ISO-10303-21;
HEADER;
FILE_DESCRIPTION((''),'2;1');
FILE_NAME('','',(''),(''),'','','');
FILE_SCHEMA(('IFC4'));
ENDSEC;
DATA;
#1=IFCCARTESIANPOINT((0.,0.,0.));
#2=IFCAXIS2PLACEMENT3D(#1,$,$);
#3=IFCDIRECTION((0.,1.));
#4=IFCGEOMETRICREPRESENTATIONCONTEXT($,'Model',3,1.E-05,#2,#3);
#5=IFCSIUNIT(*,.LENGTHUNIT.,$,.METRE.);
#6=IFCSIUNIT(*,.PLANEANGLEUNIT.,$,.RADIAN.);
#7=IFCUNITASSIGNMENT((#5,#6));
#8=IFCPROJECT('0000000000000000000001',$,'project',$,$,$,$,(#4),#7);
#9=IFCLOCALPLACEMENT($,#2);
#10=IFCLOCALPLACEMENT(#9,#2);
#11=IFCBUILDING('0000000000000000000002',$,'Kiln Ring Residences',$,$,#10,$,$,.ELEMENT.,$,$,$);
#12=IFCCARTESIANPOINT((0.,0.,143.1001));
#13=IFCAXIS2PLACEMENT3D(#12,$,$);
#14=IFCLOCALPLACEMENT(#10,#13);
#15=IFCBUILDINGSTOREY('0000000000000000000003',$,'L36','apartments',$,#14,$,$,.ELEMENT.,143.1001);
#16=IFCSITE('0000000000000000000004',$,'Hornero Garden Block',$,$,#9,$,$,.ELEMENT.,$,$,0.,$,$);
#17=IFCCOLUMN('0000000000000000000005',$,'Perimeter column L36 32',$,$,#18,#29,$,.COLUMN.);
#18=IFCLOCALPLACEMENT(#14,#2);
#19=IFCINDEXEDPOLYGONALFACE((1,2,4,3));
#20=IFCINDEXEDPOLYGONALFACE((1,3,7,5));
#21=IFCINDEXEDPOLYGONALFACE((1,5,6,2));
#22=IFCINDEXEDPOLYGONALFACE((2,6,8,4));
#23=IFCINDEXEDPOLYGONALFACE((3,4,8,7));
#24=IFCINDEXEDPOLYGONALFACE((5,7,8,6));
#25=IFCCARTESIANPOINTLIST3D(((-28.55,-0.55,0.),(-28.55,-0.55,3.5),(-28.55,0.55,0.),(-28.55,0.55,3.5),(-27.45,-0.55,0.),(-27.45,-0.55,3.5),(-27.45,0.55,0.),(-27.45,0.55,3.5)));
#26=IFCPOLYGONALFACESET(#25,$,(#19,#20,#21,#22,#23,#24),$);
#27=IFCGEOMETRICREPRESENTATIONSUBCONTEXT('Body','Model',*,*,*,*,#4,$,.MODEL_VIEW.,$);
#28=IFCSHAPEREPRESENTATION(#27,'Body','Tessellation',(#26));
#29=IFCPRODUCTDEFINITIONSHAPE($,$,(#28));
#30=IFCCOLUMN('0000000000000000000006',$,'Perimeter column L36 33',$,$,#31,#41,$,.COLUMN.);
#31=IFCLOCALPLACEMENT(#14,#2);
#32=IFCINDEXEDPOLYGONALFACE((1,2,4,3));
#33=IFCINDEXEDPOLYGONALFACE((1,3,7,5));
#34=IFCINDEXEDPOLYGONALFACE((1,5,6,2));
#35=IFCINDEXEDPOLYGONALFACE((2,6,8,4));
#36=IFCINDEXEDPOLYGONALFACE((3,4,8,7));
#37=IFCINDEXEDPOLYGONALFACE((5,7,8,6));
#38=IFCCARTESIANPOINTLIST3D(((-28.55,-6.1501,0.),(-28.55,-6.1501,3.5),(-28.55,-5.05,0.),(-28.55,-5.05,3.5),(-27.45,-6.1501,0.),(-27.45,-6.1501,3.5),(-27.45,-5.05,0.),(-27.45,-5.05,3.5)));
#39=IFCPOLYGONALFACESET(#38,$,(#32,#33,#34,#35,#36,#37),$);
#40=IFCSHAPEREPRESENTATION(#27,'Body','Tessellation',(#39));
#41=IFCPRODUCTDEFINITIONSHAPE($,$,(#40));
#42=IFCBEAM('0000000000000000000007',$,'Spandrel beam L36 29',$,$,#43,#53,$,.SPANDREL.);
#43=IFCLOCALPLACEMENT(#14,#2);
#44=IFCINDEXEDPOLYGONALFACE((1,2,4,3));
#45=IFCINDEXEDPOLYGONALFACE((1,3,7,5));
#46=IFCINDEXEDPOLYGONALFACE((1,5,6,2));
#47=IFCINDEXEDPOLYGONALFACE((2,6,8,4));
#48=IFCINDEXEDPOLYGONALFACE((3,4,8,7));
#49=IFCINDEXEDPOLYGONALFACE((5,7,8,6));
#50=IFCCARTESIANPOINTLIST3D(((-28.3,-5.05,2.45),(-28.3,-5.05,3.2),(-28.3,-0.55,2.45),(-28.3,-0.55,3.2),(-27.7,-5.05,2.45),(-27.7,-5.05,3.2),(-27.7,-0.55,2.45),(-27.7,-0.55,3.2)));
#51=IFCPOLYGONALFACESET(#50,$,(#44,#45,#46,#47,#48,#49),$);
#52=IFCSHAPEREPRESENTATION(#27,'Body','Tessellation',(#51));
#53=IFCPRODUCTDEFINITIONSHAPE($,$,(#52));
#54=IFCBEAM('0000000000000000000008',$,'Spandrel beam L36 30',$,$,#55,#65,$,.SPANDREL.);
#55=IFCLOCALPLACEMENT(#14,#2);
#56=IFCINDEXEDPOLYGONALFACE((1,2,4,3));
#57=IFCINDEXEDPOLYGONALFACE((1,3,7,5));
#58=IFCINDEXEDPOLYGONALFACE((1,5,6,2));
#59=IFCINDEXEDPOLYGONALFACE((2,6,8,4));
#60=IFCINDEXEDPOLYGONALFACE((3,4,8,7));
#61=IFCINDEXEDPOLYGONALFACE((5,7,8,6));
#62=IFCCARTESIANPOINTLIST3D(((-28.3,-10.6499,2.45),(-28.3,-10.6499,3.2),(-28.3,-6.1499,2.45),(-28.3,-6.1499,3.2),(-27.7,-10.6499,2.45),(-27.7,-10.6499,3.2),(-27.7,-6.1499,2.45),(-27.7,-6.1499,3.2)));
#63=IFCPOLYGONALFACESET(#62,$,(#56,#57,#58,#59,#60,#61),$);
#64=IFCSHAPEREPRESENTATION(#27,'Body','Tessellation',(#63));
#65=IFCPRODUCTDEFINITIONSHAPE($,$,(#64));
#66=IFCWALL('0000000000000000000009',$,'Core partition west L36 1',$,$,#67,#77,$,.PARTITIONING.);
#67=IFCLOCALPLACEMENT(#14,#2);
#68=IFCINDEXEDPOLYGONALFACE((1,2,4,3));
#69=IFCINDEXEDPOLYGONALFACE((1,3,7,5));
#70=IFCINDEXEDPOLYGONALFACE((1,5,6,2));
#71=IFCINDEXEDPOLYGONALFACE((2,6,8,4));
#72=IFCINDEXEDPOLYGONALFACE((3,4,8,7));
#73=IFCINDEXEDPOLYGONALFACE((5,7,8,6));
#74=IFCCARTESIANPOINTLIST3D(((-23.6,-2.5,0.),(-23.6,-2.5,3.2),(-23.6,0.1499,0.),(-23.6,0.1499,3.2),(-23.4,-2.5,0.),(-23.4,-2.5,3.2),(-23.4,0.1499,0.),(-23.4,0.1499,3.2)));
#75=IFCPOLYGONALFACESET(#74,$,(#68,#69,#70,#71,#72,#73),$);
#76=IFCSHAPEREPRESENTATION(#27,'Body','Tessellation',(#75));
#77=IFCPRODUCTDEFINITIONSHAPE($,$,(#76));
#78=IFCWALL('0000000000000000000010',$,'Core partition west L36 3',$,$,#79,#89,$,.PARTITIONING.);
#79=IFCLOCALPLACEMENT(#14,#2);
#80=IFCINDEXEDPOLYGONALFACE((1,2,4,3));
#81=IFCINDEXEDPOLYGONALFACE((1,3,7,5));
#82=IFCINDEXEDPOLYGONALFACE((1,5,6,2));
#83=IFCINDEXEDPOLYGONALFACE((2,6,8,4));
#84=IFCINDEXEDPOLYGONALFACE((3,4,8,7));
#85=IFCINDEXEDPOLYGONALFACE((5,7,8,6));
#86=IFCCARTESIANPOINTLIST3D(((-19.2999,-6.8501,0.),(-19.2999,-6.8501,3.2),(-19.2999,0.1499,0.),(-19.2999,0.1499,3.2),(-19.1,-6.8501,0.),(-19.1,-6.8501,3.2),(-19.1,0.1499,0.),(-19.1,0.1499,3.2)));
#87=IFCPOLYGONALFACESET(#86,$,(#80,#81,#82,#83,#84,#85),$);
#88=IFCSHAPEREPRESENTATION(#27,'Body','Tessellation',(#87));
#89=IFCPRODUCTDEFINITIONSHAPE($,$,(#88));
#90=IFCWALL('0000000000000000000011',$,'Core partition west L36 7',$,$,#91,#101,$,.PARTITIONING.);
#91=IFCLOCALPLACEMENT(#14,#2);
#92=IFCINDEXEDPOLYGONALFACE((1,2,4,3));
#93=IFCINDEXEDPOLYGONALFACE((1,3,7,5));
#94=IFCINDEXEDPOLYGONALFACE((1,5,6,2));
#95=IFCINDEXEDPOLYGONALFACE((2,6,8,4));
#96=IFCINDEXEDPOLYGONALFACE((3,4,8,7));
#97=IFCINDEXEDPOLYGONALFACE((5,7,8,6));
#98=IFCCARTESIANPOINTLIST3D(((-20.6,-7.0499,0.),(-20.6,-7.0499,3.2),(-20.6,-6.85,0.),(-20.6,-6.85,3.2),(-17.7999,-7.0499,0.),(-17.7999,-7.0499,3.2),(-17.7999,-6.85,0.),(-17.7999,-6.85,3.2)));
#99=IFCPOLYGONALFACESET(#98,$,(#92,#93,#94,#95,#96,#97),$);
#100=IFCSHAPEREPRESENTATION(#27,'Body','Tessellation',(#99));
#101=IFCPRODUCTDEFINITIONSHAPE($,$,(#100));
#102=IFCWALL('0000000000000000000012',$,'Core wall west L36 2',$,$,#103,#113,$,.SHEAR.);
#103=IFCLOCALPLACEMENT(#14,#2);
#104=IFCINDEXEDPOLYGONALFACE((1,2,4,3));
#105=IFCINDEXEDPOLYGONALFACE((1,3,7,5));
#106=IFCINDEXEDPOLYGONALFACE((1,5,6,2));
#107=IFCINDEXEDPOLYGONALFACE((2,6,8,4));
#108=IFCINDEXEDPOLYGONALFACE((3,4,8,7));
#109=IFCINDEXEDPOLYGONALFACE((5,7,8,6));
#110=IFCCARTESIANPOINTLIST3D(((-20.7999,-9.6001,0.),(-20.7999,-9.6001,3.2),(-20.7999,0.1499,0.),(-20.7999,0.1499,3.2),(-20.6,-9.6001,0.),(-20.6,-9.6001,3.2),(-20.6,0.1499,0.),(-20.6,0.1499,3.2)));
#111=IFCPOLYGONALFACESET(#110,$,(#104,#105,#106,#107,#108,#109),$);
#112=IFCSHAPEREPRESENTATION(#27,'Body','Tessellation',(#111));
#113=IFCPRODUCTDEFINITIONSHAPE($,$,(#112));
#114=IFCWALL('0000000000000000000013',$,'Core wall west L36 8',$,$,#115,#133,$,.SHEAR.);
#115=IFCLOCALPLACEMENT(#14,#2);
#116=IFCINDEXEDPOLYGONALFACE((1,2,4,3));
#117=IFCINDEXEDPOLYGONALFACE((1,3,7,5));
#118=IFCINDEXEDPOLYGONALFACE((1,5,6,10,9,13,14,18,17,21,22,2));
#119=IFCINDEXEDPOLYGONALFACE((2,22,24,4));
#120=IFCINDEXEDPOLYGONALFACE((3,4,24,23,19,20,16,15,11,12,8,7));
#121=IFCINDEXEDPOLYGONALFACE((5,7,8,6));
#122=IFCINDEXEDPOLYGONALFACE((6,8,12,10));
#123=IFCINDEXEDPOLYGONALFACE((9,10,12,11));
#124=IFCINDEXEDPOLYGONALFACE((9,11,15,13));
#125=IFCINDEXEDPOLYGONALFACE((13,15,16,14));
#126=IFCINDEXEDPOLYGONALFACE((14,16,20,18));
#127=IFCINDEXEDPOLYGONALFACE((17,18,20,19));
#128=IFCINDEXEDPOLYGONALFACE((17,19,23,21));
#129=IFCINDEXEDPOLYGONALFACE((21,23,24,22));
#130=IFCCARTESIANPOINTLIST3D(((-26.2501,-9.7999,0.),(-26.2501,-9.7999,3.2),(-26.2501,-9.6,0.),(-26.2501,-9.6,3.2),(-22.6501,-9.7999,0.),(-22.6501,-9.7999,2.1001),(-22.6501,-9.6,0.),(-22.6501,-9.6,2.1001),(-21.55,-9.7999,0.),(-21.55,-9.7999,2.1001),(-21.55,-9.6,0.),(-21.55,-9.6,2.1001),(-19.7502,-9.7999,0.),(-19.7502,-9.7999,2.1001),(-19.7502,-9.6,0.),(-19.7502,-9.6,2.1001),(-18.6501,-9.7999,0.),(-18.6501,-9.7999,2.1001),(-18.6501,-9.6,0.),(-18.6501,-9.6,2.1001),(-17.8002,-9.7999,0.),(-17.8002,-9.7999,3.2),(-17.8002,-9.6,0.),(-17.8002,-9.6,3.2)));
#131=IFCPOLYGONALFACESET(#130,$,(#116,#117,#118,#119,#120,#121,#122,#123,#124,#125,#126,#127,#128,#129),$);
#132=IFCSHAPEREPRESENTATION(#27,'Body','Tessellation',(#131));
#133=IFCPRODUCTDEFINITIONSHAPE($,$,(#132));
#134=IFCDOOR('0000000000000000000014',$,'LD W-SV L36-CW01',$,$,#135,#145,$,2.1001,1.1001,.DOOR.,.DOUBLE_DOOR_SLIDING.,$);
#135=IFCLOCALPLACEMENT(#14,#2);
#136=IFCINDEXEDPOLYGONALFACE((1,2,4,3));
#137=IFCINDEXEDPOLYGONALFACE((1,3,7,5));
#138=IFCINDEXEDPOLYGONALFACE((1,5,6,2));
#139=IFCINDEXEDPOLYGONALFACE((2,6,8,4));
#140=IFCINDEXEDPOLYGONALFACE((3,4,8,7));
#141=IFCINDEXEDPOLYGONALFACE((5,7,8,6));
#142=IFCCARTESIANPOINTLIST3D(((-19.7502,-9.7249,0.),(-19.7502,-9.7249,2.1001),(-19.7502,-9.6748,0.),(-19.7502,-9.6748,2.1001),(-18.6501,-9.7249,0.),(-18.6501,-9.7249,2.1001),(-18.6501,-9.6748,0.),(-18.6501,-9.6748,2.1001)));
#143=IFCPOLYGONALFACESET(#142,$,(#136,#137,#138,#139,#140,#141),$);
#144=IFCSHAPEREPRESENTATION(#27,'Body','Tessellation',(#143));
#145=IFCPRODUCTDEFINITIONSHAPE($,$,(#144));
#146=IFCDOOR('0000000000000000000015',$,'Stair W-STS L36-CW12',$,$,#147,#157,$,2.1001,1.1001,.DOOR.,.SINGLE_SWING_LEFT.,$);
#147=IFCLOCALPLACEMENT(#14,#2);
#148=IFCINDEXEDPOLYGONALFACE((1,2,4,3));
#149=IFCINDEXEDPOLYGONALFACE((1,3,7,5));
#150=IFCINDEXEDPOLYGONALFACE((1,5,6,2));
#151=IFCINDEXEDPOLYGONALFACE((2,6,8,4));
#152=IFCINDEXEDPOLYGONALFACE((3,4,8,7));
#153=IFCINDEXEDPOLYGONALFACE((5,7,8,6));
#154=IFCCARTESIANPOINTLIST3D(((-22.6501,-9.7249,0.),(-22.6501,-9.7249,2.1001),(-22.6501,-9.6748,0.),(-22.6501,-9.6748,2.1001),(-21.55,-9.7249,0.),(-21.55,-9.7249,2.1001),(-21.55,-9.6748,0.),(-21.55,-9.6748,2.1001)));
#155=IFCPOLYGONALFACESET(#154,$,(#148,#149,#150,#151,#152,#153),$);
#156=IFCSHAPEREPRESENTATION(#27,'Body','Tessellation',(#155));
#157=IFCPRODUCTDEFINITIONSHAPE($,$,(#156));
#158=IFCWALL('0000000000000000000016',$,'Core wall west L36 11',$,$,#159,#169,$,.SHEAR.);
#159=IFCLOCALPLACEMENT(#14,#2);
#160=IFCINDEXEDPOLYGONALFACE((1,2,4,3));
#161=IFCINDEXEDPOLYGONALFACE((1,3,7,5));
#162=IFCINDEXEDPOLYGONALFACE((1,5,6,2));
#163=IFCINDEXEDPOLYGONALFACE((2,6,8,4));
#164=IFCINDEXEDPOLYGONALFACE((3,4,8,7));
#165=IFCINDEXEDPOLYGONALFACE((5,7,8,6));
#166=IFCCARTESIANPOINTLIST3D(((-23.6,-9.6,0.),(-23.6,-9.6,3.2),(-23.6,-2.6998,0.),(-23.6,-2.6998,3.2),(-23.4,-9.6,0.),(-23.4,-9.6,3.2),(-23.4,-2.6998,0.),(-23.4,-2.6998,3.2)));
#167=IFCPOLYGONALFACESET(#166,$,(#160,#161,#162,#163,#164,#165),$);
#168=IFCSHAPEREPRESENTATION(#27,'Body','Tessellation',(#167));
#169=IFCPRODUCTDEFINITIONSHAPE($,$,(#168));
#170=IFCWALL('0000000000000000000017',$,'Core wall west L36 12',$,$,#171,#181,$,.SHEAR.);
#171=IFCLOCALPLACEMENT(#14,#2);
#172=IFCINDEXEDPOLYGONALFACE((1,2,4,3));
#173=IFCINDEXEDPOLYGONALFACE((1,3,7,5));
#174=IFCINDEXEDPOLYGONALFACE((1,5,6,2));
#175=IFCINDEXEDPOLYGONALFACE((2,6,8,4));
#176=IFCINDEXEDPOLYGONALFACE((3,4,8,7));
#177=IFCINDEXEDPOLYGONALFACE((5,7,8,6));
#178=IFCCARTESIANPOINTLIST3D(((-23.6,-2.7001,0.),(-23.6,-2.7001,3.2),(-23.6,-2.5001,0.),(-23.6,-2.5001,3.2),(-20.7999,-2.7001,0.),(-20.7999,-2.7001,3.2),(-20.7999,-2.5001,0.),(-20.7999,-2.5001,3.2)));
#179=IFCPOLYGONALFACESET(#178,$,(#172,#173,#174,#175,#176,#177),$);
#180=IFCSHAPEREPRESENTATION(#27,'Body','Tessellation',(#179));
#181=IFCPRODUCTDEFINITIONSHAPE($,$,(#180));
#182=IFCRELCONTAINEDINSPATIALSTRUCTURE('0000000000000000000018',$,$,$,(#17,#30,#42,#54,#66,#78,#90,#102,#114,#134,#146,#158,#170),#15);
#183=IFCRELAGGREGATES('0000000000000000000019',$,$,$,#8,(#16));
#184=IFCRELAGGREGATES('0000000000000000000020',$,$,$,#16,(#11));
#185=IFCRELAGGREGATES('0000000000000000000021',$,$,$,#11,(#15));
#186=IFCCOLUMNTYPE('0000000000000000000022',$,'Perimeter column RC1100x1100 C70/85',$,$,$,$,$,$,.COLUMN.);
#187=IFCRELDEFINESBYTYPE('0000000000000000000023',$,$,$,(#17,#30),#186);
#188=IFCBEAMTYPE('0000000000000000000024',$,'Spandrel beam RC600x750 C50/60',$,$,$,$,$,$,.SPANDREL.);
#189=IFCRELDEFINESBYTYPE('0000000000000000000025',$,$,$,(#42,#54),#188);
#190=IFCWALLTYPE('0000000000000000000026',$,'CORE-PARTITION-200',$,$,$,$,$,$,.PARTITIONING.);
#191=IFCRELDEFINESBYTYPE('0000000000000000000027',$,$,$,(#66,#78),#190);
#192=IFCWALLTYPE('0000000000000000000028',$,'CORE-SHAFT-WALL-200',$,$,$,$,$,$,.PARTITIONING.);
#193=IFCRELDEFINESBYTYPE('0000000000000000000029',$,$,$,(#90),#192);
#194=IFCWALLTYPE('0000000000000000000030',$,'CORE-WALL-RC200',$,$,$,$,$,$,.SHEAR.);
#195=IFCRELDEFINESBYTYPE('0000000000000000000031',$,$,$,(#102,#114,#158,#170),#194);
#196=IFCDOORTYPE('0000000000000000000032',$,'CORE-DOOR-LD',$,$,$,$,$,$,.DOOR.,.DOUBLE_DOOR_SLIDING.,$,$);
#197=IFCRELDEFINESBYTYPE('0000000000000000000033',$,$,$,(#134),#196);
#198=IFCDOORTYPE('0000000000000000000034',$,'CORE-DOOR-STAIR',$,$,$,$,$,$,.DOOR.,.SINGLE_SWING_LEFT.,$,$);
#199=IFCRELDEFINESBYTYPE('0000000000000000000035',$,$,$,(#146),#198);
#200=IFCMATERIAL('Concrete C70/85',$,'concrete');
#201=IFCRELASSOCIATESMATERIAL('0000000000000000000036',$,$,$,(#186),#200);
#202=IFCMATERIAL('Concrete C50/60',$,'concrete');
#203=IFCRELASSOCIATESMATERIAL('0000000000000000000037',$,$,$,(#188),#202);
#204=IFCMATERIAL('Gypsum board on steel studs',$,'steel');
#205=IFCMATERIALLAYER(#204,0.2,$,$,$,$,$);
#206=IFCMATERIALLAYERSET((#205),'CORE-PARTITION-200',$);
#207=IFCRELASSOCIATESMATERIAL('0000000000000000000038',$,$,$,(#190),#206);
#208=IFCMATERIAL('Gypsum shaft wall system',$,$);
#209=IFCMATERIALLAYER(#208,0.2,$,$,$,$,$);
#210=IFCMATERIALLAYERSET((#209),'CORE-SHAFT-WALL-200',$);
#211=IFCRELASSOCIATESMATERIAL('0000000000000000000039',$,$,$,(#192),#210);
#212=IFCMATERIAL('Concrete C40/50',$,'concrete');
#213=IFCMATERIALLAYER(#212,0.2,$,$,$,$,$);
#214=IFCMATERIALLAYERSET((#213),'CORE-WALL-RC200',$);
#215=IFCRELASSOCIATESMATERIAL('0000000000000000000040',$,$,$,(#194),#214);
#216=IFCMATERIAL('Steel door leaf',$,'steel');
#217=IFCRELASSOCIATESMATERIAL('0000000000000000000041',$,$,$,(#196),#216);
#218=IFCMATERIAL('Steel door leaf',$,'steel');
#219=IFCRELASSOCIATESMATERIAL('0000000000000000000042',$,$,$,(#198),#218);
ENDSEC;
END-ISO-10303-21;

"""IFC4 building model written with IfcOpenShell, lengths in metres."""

from ifc_helpers import new_model, si_unit, direction, frame, frame_2d, origin, origin_2d, place, context, subcontext, project, spatial, rectangle, extrude, material, layer, layer_set, material_profile, profile_set, type_object, element, fill, save


model = new_model("IFC4")

# Units and contexts
model_context = context("Model", 3, precision=1e-05, world=origin(), true_north=direction((0.0, 1.0)))
body_context = subcontext(model_context, "Body", "Model", "MODEL_VIEW")
ifc_project = project(units=[si_unit("LENGTHUNIT", "METRE"), si_unit("PLANEANGLEUNIT", "RADIAN")], contexts=[model_context])

# Site, building, storey
site_placement = place(None, origin())
site = spatial("IfcSite", under=ifc_project, at=site_placement, Name="Hornero Garden Block", CompositionType="ELEMENT", RefElevation=0.0)
building_placement = place(site_placement, origin())
building = spatial("IfcBuilding", under=site, at=building_placement, Name="Kiln Ring Residences", CompositionType="ELEMENT")
storey_placement = place(building_placement, frame((0.0, 0.0, 143.1001)))
storey = spatial("IfcBuildingStorey", under=building, at=storey_placement, Name="L36", Description="apartments", CompositionType="ELEMENT", Elevation=143.1001)

# Columns
ifc_material_1 = material(Name="Concrete C70/85", Category="concrete")
ifc_material_profile_1 = material_profile(ifc_material_1, rectangle(XDim=1.1001, YDim=1.1001, at=origin_2d()), Name="RC1100x1100")
ifc_profile_set_1 = profile_set([ifc_material_profile_1], Name="Concrete C70/85")
column_type = type_object("IfcColumnType", Name="Perimeter column RC1100x1100 C70/85", PredefinedType="COLUMN", material=ifc_profile_set_1)
for number, where, z_axis, x_axis, name in (
    (1, (-28.0, 0.0, 0.0), (0.0, 0.0, 1.0), (1.0, 0.0, 0.0), "Perimeter column L36 32"),
    (2, (-28.0, -5.6001, 0.0), (0.0, 0.0, 1.0), (1.0, 0.0, 0.0), "Perimeter column L36 33"),
):
    element("IfcColumn", number, at=place(storey_placement, frame(where, z_axis=z_axis, x_axis=x_axis)), inside=storey, type_object=column_type, Name=name, PredefinedType="COLUMN", context=body_context, shape_type="SweptSolid", body=[
        extrude(rectangle(XDim=1.1001, YDim=1.1001, at=origin_2d()), origin(), (0.0, 0.0, 1.0), 3.5),
    ])

# Beams
ifc_material_2 = material(Name="Concrete C50/60", Category="concrete")
ifc_material_profile_2 = material_profile(ifc_material_2, rectangle(XDim=0.6001, YDim=0.75, at=origin_2d()), Name="RC600x750")
ifc_profile_set_2 = profile_set([ifc_material_profile_2], Name="Concrete C50/60")
beam_type = type_object("IfcBeamType", Name="Spandrel beam RC600x750 C50/60", PredefinedType="SPANDREL", material=ifc_profile_set_2)
for number, where, z_axis, x_axis, name in (
    (3, (-28.0, -0.55, 2.825), (0.0, -1.0, 0.0), (1.0, 0.0, 0.0), "Spandrel beam L36 29"),
    (4, (-28.0, -6.1499, 2.825), (0.0, -1.0, 0.0), (1.0, 0.0, 0.0), "Spandrel beam L36 30"),
):
    element("IfcBeam", number, at=place(storey_placement, frame(where, z_axis=z_axis, x_axis=x_axis)), inside=storey, type_object=beam_type, Name=name, PredefinedType="SPANDREL", context=body_context, shape_type="SweptSolid", body=[
        extrude(rectangle(XDim=0.6001, YDim=0.75, at=origin_2d()), origin(), (0.0, 0.0, 1.0), 4.5),
    ])

# Walls
ifc_material_3 = material(Name="Gypsum board on steel studs", Category="steel")
ifc_layer_1 = layer(ifc_material_3, 0.2)
ifc_layer_set_1 = layer_set([ifc_layer_1], Name="CORE-PARTITION-200")
wall_type_1 = type_object("IfcWallType", Name="CORE-PARTITION-200", PredefinedType="PARTITIONING", material=ifc_layer_set_1)
wall_1_placement = place(storey_placement, frame((-23.5, -2.5, 0.0), z_axis=(0.0, 0.0, 1.0), x_axis=(0.0, 1.0, 0.0)))
element("IfcWall", 5, at=wall_1_placement, inside=storey, type_object=wall_type_1, Name="Core partition west L36 1", PredefinedType="PARTITIONING", context=body_context, shape_type="SweptSolid", body=[
    extrude(rectangle(XDim=2.6499, YDim=0.2, at=frame_2d((1.325, 0.0))), origin(), (0.0, 0.0, 1.0), 3.2),
])
wall_2_placement = place(storey_placement, frame((-19.2, -6.8501, 0.0), z_axis=(0.0, 0.0, 1.0), x_axis=(0.0, 1.0, 0.0)))
element("IfcWall", 6, at=wall_2_placement, inside=storey, type_object=wall_type_1, Name="Core partition west L36 3", PredefinedType="PARTITIONING", context=body_context, shape_type="SweptSolid", body=[
    extrude(rectangle(XDim=7.0, YDim=0.2, at=frame_2d((3.5, 0.0))), origin(), (0.0, 0.0, 1.0), 3.2),
])
ifc_material_4 = material(Name="Gypsum shaft wall system")
ifc_layer_2 = layer(ifc_material_4, 0.2)
ifc_layer_set_2 = layer_set([ifc_layer_2], Name="CORE-SHAFT-WALL-200")
wall_type_2 = type_object("IfcWallType", Name="CORE-SHAFT-WALL-200", PredefinedType="PARTITIONING", material=ifc_layer_set_2)
wall_3_placement = place(storey_placement, frame((-17.8, -6.95, 0.0), z_axis=(0.0, 0.0, 1.0), x_axis=(-1.0, 0.0, 0.0)))
element("IfcWall", 7, at=wall_3_placement, inside=storey, type_object=wall_type_2, Name="Core partition west L36 7", PredefinedType="PARTITIONING", context=body_context, shape_type="SweptSolid", body=[
    extrude(rectangle(XDim=2.8, YDim=0.2, at=frame_2d((1.3999, 0.0))), origin(), (0.0, 0.0, 1.0), 3.2),
])
ifc_material_5 = material(Name="Concrete C40/50", Category="concrete")
ifc_layer_3 = layer(ifc_material_5, 0.2)
ifc_layer_set_3 = layer_set([ifc_layer_3], Name="CORE-WALL-RC200")
wall_type_3 = type_object("IfcWallType", Name="CORE-WALL-RC200", PredefinedType="SHEAR", material=ifc_layer_set_3)
wall_4_placement = place(storey_placement, frame((-20.7, -9.6001, 0.0), z_axis=(0.0, 0.0, 1.0), x_axis=(0.0, 1.0, 0.0)))
element("IfcWall", 8, at=wall_4_placement, inside=storey, type_object=wall_type_3, Name="Core wall west L36 2", PredefinedType="SHEAR", context=body_context, shape_type="SweptSolid", body=[
    extrude(rectangle(XDim=9.75, YDim=0.2, at=frame_2d((4.875, 0.0))), origin(), (0.0, 0.0, 1.0), 3.2),
])

# Wall, openings, doors
wall_5_placement = place(storey_placement, frame((-17.8, -9.7, 0.0), z_axis=(0.0, 0.0, 1.0), x_axis=(-1.0, 0.0, 0.0)))
wall_5 = element("IfcWall", 9, at=wall_5_placement, inside=storey, type_object=wall_type_3, Name="Core wall west L36 8", PredefinedType="SHEAR", context=body_context, shape_type="SweptSolid", body=[
    extrude(rectangle(XDim=8.45, YDim=0.2, at=frame_2d((4.2251, 0.0))), origin(), (0.0, 0.0, 1.0), 3.2),
])
opening_1_placement = place(wall_5_placement, frame((0.8501, 0.0, 0.0)))
opening_1 = element("IfcOpeningElement", 10, at=opening_1_placement, cuts=wall_5, PredefinedType="OPENING", context=body_context, shape_type="SweptSolid", body=[
    extrude(rectangle(XDim=1.1001, YDim=2.1001, at=frame_2d((0.55, 1.05))), frame((0.0, 0.1099, 0.0), z_axis=(0.0, -1.0, 0.0), x_axis=(1.0, 0.0, 0.0)), (0.0, 0.0, 1.0), 0.22),
])
opening_2_placement = place(wall_5_placement, frame((3.75, 0.0, 0.0)))
opening_2 = element("IfcOpeningElement", 11, at=opening_2_placement, cuts=wall_5, PredefinedType="OPENING", context=body_context, shape_type="SweptSolid", body=[
    extrude(rectangle(XDim=1.1001, YDim=2.1001, at=frame_2d((0.55, 1.05))), frame((0.0, 0.1099, 0.0), z_axis=(0.0, -1.0, 0.0), x_axis=(1.0, 0.0, 0.0)), (0.0, 0.0, 1.0), 0.22),
])
ifc_material_6 = material(Name="Steel door leaf", Category="steel")
door_type_1 = type_object("IfcDoorType", Name="CORE-DOOR-LD", OperationType="DOUBLE_DOOR_SLIDING", PredefinedType="DOOR", material=ifc_material_6)
door_1_placement = place(opening_1_placement, origin())
door_1 = element("IfcDoor", 12, at=door_1_placement, inside=storey, type_object=door_type_1, Name="LD W-SV L36-CW01", OperationType="DOUBLE_DOOR_SLIDING", OverallHeight=2.1001, OverallWidth=1.1001, PredefinedType="DOOR", context=body_context, shape_type="SweptSolid", body=[
    extrude(rectangle(XDim=1.1001, YDim=2.1001, at=frame_2d((0.55, 1.05))), frame((0.0, 0.0249, 0.0), z_axis=(0.0, -1.0, 0.0), x_axis=(1.0, 0.0, 0.0)), (0.0, 0.0, 1.0), 0.05),
])
fill(opening_1, door_1)
ifc_material_7 = material(Name="Steel door leaf", Category="steel")
door_type_2 = type_object("IfcDoorType", Name="CORE-DOOR-STAIR", OperationType="SINGLE_SWING_LEFT", PredefinedType="DOOR", material=ifc_material_7)
door_2_placement = place(opening_2_placement, origin())
door_2 = element("IfcDoor", 13, at=door_2_placement, inside=storey, type_object=door_type_2, Name="Stair W-STS L36-CW12", OperationType="SINGLE_SWING_LEFT", OverallHeight=2.1001, OverallWidth=1.1001, PredefinedType="DOOR", context=body_context, shape_type="SweptSolid", body=[
    extrude(rectangle(XDim=1.1001, YDim=2.1001, at=frame_2d((0.55, 1.05))), frame((0.0, 0.0249, 0.0), z_axis=(0.0, -1.0, 0.0), x_axis=(1.0, 0.0, 0.0)), (0.0, 0.0, 1.0), 0.05),
])
fill(opening_2, door_2)

# Walls
wall_6_placement = place(storey_placement, frame((-23.5, -9.6001, 0.0), z_axis=(0.0, 0.0, 1.0), x_axis=(0.0, 1.0, 0.0)))
element("IfcWall", 14, at=wall_6_placement, inside=storey, type_object=wall_type_3, Name="Core wall west L36 11", PredefinedType="SHEAR", context=body_context, shape_type="SweptSolid", body=[
    extrude(rectangle(XDim=6.9001, YDim=0.2, at=frame_2d((3.4502, 0.0))), origin(), (0.0, 0.0, 1.0), 3.2),
])
wall_7_placement = place(storey_placement, frame((-20.8, -2.6001, 0.0), z_axis=(0.0, 0.0, 1.0), x_axis=(-1.0, 0.0, 0.0)))
element("IfcWall", 15, at=wall_7_placement, inside=storey, type_object=wall_type_3, Name="Core wall west L36 12", PredefinedType="SHEAR", context=body_context, shape_type="SweptSolid", body=[
    extrude(rectangle(XDim=2.8, YDim=0.2, at=frame_2d((1.3999, 0.0))), origin(), (0.0, 0.0, 1.0), 3.2),
])

save(model, "model.ifc")
